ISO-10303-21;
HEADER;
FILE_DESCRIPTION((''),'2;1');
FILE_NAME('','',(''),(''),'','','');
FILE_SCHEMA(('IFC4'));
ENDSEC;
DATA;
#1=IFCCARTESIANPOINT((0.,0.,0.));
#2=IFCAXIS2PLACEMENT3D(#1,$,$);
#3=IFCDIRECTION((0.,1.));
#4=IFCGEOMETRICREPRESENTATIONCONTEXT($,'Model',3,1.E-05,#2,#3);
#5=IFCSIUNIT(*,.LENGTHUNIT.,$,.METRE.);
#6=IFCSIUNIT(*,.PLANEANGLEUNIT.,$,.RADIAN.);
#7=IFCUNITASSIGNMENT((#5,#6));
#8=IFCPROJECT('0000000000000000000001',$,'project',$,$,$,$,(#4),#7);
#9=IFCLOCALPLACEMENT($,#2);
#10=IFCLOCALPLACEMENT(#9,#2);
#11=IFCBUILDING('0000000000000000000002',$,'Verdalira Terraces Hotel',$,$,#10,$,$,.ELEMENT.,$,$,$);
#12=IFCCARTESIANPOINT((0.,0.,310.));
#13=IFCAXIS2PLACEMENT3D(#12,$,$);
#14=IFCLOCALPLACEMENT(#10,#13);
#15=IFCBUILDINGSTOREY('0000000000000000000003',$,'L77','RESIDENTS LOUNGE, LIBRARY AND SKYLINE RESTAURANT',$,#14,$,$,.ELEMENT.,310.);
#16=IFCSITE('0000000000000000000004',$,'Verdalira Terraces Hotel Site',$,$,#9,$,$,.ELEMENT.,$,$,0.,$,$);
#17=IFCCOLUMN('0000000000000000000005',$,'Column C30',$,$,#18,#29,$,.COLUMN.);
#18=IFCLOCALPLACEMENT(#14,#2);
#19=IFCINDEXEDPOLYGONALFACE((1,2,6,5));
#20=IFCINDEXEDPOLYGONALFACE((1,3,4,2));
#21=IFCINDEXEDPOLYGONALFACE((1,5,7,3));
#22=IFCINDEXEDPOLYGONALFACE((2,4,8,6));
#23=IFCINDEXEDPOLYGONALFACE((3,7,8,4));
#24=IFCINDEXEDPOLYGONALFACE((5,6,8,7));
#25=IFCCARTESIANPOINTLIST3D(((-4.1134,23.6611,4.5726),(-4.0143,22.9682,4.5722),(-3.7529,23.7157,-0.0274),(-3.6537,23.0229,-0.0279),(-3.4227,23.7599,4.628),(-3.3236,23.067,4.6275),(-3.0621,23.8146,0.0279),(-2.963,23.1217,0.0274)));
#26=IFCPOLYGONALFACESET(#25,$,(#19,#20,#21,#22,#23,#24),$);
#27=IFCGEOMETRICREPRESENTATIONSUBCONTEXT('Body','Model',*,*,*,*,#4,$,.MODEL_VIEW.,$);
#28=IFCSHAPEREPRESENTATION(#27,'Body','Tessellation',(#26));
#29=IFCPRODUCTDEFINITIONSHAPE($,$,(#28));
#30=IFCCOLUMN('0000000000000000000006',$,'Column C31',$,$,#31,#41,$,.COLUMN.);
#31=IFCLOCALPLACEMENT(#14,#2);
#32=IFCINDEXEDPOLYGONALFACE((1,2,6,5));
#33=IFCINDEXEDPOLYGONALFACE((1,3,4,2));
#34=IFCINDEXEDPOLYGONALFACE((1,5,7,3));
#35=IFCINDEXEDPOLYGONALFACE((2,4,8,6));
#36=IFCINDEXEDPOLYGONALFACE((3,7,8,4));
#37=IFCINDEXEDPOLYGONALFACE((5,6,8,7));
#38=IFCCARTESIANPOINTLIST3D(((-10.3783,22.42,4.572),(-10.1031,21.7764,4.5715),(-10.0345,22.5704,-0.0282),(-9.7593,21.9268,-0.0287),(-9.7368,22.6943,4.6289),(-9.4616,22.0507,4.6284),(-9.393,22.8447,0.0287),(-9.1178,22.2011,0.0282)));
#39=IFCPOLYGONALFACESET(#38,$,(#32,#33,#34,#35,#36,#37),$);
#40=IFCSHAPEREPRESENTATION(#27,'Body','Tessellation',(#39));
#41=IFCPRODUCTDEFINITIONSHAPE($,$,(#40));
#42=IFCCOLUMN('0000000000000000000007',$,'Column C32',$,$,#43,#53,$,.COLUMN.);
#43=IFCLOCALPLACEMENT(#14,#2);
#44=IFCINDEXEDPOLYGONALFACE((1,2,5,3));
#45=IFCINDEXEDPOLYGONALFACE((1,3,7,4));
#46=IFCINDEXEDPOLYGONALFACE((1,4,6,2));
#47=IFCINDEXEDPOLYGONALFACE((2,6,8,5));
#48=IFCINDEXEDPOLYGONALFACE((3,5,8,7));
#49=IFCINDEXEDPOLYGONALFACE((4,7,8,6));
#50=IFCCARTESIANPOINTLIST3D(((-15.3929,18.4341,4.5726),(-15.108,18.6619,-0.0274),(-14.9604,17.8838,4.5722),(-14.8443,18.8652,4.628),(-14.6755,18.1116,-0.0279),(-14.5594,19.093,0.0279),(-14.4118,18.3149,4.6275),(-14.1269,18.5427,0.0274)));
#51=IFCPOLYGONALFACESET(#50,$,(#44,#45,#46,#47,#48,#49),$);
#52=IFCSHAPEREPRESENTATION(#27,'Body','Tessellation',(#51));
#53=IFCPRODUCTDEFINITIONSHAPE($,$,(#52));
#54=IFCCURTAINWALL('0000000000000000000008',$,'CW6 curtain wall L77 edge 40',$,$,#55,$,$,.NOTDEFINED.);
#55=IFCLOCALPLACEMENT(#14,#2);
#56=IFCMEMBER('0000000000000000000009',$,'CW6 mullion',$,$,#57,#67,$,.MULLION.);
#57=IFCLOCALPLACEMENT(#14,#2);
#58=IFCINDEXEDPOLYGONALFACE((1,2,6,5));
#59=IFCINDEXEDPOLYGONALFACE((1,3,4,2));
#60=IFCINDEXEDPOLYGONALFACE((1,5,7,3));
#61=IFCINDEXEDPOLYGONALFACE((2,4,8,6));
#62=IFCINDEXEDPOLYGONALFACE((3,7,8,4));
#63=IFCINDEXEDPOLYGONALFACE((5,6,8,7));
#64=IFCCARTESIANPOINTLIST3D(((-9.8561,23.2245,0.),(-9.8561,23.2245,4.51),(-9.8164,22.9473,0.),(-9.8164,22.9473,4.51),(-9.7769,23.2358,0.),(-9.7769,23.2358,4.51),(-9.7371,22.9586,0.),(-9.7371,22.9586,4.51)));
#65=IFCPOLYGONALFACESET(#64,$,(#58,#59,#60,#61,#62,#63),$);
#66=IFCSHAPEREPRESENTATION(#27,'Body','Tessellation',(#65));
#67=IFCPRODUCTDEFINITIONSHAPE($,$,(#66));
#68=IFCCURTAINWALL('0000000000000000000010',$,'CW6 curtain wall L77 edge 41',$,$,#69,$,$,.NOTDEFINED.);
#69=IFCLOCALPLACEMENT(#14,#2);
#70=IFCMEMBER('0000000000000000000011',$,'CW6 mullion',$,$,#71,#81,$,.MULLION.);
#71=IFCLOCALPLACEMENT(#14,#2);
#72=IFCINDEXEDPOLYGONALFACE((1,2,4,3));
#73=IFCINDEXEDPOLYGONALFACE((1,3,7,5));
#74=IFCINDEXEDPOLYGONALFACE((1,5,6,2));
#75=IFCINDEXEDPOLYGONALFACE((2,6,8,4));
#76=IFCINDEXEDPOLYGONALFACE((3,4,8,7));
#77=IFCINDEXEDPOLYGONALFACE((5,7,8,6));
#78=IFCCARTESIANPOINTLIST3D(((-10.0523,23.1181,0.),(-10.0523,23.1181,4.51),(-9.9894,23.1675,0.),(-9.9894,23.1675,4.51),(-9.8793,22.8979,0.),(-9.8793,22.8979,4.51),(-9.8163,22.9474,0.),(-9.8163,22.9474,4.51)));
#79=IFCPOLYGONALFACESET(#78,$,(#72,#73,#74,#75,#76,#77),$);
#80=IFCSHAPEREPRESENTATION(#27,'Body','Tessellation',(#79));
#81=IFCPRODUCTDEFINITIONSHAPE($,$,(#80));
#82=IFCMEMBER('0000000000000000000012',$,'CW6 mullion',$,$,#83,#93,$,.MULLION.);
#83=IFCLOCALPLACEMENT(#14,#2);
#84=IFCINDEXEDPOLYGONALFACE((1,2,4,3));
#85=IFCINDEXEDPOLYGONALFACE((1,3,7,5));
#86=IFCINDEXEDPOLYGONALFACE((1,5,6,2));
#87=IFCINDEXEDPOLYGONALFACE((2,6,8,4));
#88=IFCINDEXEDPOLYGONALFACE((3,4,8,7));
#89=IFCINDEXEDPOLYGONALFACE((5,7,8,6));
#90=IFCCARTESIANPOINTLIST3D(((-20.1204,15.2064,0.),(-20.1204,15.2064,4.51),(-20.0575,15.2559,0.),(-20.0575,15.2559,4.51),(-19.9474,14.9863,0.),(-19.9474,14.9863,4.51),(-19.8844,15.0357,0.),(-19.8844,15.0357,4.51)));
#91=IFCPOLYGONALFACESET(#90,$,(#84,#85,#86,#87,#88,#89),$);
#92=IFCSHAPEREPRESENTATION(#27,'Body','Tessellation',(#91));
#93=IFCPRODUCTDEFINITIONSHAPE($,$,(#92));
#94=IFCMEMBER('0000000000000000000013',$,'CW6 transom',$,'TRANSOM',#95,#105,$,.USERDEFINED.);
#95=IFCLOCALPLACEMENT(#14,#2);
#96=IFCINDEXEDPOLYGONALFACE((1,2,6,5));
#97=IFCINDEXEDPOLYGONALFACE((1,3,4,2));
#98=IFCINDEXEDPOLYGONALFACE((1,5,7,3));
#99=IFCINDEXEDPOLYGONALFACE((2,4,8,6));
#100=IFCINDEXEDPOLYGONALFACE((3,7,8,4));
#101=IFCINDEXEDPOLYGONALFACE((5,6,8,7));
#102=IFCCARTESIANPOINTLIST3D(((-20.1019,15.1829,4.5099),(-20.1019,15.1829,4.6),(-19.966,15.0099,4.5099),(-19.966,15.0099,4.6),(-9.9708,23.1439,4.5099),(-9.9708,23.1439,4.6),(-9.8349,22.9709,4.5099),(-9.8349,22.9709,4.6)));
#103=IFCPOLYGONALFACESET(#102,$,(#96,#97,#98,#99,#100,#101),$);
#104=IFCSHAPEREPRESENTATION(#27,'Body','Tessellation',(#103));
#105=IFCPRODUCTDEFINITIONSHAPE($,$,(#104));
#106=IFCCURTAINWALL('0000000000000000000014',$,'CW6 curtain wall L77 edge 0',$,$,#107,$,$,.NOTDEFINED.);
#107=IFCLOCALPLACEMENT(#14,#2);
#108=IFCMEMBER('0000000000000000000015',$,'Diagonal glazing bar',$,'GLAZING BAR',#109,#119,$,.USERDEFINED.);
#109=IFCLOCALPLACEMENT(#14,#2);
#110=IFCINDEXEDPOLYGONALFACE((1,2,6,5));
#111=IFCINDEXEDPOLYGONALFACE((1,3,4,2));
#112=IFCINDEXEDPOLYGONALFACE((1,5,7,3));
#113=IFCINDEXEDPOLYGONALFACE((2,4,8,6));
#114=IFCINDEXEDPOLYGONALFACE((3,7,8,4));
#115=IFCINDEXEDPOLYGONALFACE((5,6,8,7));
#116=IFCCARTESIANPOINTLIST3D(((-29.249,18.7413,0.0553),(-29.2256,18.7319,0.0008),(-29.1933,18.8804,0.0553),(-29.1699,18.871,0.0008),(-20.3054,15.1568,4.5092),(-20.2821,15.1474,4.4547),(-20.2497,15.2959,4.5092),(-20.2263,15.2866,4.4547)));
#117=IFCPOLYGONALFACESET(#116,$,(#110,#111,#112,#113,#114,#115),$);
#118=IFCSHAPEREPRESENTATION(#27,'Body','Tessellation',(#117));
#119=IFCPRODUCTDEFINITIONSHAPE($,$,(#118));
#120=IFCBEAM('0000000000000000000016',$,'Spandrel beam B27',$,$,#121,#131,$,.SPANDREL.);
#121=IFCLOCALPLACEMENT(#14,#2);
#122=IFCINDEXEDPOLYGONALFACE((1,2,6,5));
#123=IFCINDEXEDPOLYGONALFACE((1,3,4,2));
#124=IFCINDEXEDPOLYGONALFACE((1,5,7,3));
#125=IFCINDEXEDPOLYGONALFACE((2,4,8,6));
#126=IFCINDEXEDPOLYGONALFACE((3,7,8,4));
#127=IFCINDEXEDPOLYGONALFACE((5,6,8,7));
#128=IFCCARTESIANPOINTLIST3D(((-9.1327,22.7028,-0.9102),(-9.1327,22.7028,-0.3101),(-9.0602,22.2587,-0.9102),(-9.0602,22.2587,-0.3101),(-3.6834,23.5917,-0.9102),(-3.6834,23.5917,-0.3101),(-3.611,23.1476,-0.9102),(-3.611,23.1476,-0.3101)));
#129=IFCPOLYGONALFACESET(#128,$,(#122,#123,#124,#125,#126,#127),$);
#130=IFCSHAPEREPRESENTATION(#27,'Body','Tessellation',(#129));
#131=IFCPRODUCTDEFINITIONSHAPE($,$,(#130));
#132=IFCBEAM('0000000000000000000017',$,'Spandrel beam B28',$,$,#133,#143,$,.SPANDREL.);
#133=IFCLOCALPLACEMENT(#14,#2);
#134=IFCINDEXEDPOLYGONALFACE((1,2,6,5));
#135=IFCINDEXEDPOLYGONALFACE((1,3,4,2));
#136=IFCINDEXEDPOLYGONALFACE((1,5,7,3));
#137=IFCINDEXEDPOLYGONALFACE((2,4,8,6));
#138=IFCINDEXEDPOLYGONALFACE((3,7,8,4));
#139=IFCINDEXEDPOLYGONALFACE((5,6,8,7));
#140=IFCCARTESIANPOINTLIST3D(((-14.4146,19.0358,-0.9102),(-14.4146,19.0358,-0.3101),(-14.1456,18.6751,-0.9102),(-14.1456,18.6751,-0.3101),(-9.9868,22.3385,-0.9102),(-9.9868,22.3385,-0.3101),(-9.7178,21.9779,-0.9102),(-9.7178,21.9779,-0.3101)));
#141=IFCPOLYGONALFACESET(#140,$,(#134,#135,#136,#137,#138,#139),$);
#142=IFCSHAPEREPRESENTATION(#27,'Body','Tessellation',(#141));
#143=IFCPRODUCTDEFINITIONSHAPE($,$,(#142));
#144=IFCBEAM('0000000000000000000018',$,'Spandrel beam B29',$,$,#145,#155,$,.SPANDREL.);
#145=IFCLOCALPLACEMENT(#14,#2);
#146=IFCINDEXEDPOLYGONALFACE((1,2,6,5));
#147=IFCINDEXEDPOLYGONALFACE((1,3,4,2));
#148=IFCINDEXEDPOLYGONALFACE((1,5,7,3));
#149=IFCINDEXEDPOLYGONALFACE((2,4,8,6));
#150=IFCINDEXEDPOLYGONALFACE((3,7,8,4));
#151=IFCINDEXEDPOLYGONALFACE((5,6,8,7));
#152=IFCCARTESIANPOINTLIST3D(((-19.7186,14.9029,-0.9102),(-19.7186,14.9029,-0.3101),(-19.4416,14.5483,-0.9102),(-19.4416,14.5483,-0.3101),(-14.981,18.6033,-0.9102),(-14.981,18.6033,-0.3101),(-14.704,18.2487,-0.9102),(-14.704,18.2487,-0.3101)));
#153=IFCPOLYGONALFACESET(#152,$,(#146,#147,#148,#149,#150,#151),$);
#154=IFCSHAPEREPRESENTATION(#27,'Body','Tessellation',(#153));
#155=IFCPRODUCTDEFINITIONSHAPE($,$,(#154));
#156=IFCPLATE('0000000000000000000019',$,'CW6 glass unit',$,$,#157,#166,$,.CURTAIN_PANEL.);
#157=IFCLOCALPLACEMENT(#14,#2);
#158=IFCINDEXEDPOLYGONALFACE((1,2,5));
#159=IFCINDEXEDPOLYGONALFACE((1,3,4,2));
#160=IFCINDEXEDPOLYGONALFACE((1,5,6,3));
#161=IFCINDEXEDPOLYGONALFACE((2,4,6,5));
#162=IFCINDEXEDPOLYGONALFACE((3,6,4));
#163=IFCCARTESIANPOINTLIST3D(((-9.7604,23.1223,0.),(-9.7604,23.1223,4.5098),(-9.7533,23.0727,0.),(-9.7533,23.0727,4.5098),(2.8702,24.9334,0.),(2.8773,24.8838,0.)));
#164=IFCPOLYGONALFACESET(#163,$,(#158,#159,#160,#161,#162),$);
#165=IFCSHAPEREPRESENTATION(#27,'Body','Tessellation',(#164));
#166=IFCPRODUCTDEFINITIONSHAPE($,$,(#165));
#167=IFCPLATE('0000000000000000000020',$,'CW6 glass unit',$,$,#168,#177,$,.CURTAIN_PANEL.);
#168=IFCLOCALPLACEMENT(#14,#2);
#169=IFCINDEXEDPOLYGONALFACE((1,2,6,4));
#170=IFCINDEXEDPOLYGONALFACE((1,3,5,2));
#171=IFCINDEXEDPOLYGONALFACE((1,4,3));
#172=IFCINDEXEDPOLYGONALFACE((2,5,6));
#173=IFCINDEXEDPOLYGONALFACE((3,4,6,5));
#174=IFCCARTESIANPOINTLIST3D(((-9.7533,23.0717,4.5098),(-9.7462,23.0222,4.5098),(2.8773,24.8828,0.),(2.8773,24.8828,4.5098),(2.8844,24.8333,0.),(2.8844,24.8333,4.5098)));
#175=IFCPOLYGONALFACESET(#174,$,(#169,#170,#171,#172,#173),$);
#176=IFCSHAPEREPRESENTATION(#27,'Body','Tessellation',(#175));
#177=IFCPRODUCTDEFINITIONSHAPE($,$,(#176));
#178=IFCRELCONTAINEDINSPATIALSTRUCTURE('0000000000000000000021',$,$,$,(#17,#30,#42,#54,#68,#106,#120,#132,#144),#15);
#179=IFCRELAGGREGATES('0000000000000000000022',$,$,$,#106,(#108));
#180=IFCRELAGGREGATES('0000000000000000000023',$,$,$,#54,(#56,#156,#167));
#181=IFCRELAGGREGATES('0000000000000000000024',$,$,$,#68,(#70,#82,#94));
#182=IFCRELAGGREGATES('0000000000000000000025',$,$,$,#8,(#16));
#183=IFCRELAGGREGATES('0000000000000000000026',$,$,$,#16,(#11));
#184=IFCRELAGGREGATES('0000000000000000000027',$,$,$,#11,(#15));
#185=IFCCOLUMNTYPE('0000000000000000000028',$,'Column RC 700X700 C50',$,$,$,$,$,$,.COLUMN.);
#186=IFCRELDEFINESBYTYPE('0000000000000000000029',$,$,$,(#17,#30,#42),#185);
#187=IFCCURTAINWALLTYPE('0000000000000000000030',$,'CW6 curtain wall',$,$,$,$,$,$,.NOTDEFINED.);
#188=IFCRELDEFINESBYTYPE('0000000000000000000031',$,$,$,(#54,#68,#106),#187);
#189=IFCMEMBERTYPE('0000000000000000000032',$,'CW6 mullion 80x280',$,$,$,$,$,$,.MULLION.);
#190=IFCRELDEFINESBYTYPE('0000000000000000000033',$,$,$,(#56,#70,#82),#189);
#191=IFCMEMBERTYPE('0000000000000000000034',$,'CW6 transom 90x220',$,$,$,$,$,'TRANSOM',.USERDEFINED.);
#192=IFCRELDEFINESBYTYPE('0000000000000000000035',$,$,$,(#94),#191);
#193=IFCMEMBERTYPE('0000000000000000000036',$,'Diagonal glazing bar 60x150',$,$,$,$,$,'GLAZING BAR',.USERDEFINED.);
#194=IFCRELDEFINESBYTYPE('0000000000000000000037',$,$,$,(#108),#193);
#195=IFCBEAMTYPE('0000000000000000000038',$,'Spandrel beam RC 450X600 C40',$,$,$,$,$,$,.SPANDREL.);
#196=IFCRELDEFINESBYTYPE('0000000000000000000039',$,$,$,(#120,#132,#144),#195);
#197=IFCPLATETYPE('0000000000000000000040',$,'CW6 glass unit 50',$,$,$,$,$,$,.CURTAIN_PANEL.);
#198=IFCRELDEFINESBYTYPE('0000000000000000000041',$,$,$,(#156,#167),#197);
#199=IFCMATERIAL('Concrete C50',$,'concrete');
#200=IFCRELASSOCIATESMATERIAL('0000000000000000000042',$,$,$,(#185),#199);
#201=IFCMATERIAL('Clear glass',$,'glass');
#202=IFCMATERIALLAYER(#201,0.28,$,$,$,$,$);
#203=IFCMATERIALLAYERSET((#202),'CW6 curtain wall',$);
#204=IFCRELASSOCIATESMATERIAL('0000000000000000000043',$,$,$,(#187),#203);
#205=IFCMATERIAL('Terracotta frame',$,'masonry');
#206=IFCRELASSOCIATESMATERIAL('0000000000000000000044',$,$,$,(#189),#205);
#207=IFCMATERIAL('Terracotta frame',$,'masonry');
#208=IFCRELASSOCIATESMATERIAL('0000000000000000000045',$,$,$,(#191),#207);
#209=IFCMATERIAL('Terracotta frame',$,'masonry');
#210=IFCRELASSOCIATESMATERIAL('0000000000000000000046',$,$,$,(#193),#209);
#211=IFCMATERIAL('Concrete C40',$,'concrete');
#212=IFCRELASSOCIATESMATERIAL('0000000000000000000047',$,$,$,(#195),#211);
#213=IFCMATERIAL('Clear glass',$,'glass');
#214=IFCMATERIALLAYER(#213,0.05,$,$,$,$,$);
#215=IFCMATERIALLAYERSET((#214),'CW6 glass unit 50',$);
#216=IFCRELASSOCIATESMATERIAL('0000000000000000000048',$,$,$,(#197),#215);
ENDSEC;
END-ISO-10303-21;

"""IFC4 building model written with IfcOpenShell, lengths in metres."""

from ifc_helpers import new_model, si_unit, direction, frame, origin, origin_2d, place, context, subcontext, project, spatial, polyline, rectangle, outline, extrude, material, layer, layer_set, material_profile, profile_set, type_object, element, aggregate, save


model = new_model("IFC4")

# Units and contexts
model_context = context("Model", 3, precision=1e-05, world=origin(), true_north=direction((0.0, 1.0)))
body_context = subcontext(model_context, "Body", "Model", "MODEL_VIEW")
ifc_project = project(units=[si_unit("LENGTHUNIT", "METRE"), si_unit("PLANEANGLEUNIT", "RADIAN")], contexts=[model_context])

# Site, building, storey
site_placement = place(None, origin())
site = spatial("IfcSite", under=ifc_project, at=site_placement, Name="Verdalira Terraces Hotel Site", CompositionType="ELEMENT", RefElevation=0.0)
building_placement = place(site_placement, origin())
building = spatial("IfcBuilding", under=site, at=building_placement, Name="Verdalira Terraces Hotel", CompositionType="ELEMENT")
storey_placement = place(building_placement, frame((0.0, 0.0, 310.0)))
storey = spatial("IfcBuildingStorey", under=building, at=storey_placement, Name="L77", Description="RESIDENTS LOUNGE, LIBRARY AND SKYLINE RESTAURANT", CompositionType="ELEMENT", Elevation=310.0)

# Columns
ifc_material_1 = material(Name="Concrete C50", Category="concrete")
ifc_material_profile_1 = material_profile(ifc_material_1, rectangle(XDim=0.7, YDim=0.7, at=origin_2d()), Name="RC 700X700")
ifc_profile_set_1 = profile_set([ifc_material_profile_1], Name="Concrete C50")
column_type = type_object("IfcColumnType", Name="Column RC 700X700 C50", PredefinedType="COLUMN", material=ifc_profile_set_1)
column_1_placement = place(storey_placement, frame((-3.3579, 23.4187, 0.0), z_axis=(-0.078143, -0.011851, 0.996872), x_axis=(-0.986827, -0.141161, -0.079034)))
element("IfcColumn", 1, at=column_1_placement, inside=storey, type_object=column_type, Name="Column C30", PredefinedType="COLUMN", context=body_context, shape_type="SweptSolid", body=[
    extrude(rectangle(XDim=0.7, YDim=0.7, at=origin_2d()), origin(), (0.0, 0.0, 1.0), 4.6145),
])
column_2_placement = place(storey_placement, frame((-9.5762, 22.3857, 0.0), z_axis=(-0.074479, -0.032585, 0.99669), x_axis=(0.916462, 0.391777, 0.081292)))
element("IfcColumn", 2, at=column_2_placement, inside=storey, type_object=column_type, Name="Column C31", PredefinedType="COLUMN", context=body_context, shape_type="SweptSolid", body=[
    extrude(rectangle(XDim=0.7, YDim=0.7, at=origin_2d()), origin(), (0.0, 0.0, 1.0), 4.6155),
])
column_3_placement = place(storey_placement, frame((-14.6174, 18.6023, 0.0), z_axis=(-0.061742, -0.049362, 0.996871), x_axis=(-0.783841, -0.61591, -0.079046)))
element("IfcColumn", 3, at=column_3_placement, inside=storey, type_object=column_type, Name="Column C32", PredefinedType="COLUMN", context=body_context, shape_type="SweptSolid", body=[
    extrude(rectangle(XDim=0.7, YDim=0.7, at=origin_2d()), origin(), (0.0, 0.0, 1.0), 4.6145),
])

# Curtain wall, member
ifc_material_2 = material(Name="Clear glass", Category="glass")
ifc_layer_1 = layer(ifc_material_2, 0.28)
ifc_layer_set_1 = layer_set([ifc_layer_1], Name="CW6 curtain wall")
curtain_wall_type = type_object("IfcCurtainWallType", Name="CW6 curtain wall", PredefinedType="NOTDEFINED", material=ifc_layer_set_1)
curtain_wall_1_placement = place(storey_placement, origin())
curtain_wall_1 = element("IfcCurtainWall", 4, at=curtain_wall_1_placement, inside=storey, type_object=curtain_wall_type, Name="CW6 curtain wall L77 edge 40", PredefinedType="NOTDEFINED")
ifc_material_3 = material(Name="Terracotta frame", Category="masonry")
ifc_material_profile_2 = material_profile(ifc_material_3, rectangle(XDim=0.0801, YDim=0.28, at=origin_2d()), Name="MU 80x280")
ifc_profile_set_2 = profile_set([ifc_material_profile_2], Name="Terracotta frame")
member_type_1 = type_object("IfcMemberType", Name="CW6 mullion 80x280", PredefinedType="MULLION", material=ifc_profile_set_2)
member_1_placement = place(storey_placement, frame((-9.7966, 23.0916, 0.0), z_axis=(0.0, 0.0, 1.0), x_axis=(-0.989876, -0.141938, 0.0)))
member_1 = element("IfcMember", 5, at=member_1_placement, type_object=member_type_1, Name="CW6 mullion", PredefinedType="MULLION", context=body_context, shape_type="SweptSolid", body=[
    extrude(rectangle(XDim=0.0801, YDim=0.28, at=origin_2d()), origin(), (0.0, 0.0, 1.0), 4.51),
])

# Curtain wall, members
curtain_wall_2_placement = place(storey_placement, origin())
curtain_wall_2 = element("IfcCurtainWall", 6, at=curtain_wall_2_placement, inside=storey, type_object=curtain_wall_type, Name="CW6 curtain wall L77 edge 41", PredefinedType="NOTDEFINED")
member_2_placement = place(storey_placement, frame((-9.9343, 23.0327, 0.0), z_axis=(0.0, 0.0, 1.0), x_axis=(-0.786288, -0.61786, 0.0)))
member_2 = element("IfcMember", 7, at=member_2_placement, type_object=member_type_1, Name="CW6 mullion", PredefinedType="MULLION", context=body_context, shape_type="SweptSolid", body=[
    extrude(rectangle(XDim=0.0801, YDim=0.28, at=origin_2d()), origin(), (0.0, 0.0, 1.0), 4.51),
])
member_3_placement = place(storey_placement, frame((-20.0024, 15.1211, 0.0), z_axis=(0.0, 0.0, 1.0), x_axis=(-0.786288, -0.61786, 0.0)))
member_3 = element("IfcMember", 8, at=member_3_placement, type_object=member_type_1, Name="CW6 mullion", PredefinedType="MULLION", context=body_context, shape_type="SweptSolid", body=[
    extrude(rectangle(XDim=0.0801, YDim=0.28, at=origin_2d()), origin(), (0.0, 0.0, 1.0), 4.51),
])
ifc_material_4 = material(Name="Terracotta frame", Category="masonry")
ifc_material_profile_3 = material_profile(ifc_material_4, rectangle(XDim=0.22, YDim=0.0901, at=origin_2d()), Name="TR 90x220")
ifc_profile_set_3 = profile_set([ifc_material_profile_3], Name="Terracotta frame")
member_type_2 = type_object("IfcMemberType", Name="CW6 transom 90x220", ElementType="TRANSOM", PredefinedType="USERDEFINED", material=ifc_profile_set_3)
member_4_placement = place(storey_placement, frame((-9.9028, 23.0574, 4.5549), z_axis=(-0.786289, -0.617859, 0.0), x_axis=(0.617859, -0.786289, 0.0)))
member_4 = element("IfcMember", 9, at=member_4_placement, type_object=member_type_2, Name="CW6 transom", ObjectType="TRANSOM", PredefinedType="USERDEFINED", context=body_context, shape_type="SweptSolid", body=[
    extrude(rectangle(XDim=0.22, YDim=0.0901, at=origin_2d()), origin(), (0.0, 0.0, 1.0), 12.8848),
])

# Curtain wall, member
curtain_wall_3_placement = place(storey_placement, origin())
curtain_wall_3 = element("IfcCurtainWall", 10, at=curtain_wall_3_placement, inside=storey, type_object=curtain_wall_type, Name="CW6 curtain wall L77 edge 0", PredefinedType="NOTDEFINED")
ifc_material_5 = material(Name="Terracotta frame", Category="masonry")
ifc_material_profile_4 = material_profile(ifc_material_5, rectangle(XDim=0.1499, YDim=0.0601, at=origin_2d()), Name="GB 60x150")
ifc_profile_set_4 = profile_set([ifc_material_profile_4], Name="Terracotta frame")
member_type_3 = type_object("IfcMemberType", Name="Diagonal glazing bar 60x150", ElementType="GLAZING BAR", PredefinedType="USERDEFINED", material=ifc_profile_set_4)
member_5_placement = place(storey_placement, frame((-20.2659, 15.2217, 4.4819), z_axis=(-0.842562, 0.337687, -0.419591), x_axis=(-0.37202, -0.928225, 0.0)))
member_5 = element("IfcMember", 11, at=member_5_placement, type_object=member_type_3, Name="Diagonal glazing bar", ObjectType="GLAZING BAR", PredefinedType="USERDEFINED", context=body_context, shape_type="SweptSolid", body=[
    extrude(rectangle(XDim=0.1499, YDim=0.0601, at=origin_2d()), origin(), (0.0, 0.0, 1.0), 10.6147),
])
aggregate(curtain_wall_3, [member_5])

# Beams
ifc_material_6 = material(Name="Concrete C40", Category="concrete")
ifc_material_profile_5 = material_profile(ifc_material_6, rectangle(XDim=0.45, YDim=0.6001, at=origin_2d()), Name="RC 450X600")
ifc_profile_set_5 = profile_set([ifc_material_profile_5], Name="Concrete C40")
beam_type = type_object("IfcBeamType", Name="Spandrel beam RC 450X600 C40", PredefinedType="SPANDREL", material=ifc_profile_set_5)
beam_1_placement = place(storey_placement, frame((-3.6472, 23.3696, -0.6101), z_axis=(-0.986955, -0.160999, 0.0), x_axis=(0.160999, -0.986955, 0.0)))
element("IfcBeam", 12, at=beam_1_placement, inside=storey, type_object=beam_type, Name="Spandrel beam B27", PredefinedType="SPANDREL", context=body_context, shape_type="SweptSolid", body=[
    extrude(rectangle(XDim=0.45, YDim=0.6001, at=origin_2d()), origin(), (0.0, 0.0, 1.0), 5.5212),
])
beam_2_placement = place(storey_placement, frame((-9.8523, 22.1582, -0.6101), z_axis=(-0.801567, -0.597905, 0.0), x_axis=(0.597905, -0.801567, 0.0)))
element("IfcBeam", 13, at=beam_2_placement, inside=storey, type_object=beam_type, Name="Spandrel beam B28", PredefinedType="SPANDREL", context=body_context, shape_type="SweptSolid", body=[
    extrude(rectangle(XDim=0.45, YDim=0.6001, at=origin_2d()), origin(), (0.0, 0.0, 1.0), 5.5239),
])
beam_3_placement = place(storey_placement, frame((-14.8425, 18.426, -0.6101), z_axis=(-0.788087, -0.615564, 0.0), x_axis=(0.615564, -0.788087, 0.0)))
element("IfcBeam", 14, at=beam_3_placement, inside=storey, type_object=beam_type, Name="Spandrel beam B29", PredefinedType="SPANDREL", context=body_context, shape_type="SweptSolid", body=[
    extrude(rectangle(XDim=0.45, YDim=0.6001, at=origin_2d()), origin(), (0.0, 0.0, 1.0), 6.0115),
])

# Plates
ifc_material_7 = material(Name="Clear glass", Category="glass")
ifc_layer_2 = layer(ifc_material_7, 0.05)
ifc_layer_set_2 = layer_set([ifc_layer_2], Name="CW6 glass unit 50")
plate_type = type_object("IfcPlateType", Name="CW6 glass unit 50", PredefinedType="CURTAIN_PANEL", material=ifc_layer_set_2)
plate_1_placement = place(storey_placement, frame((-3.438, 23.9783, 2.2549), z_axis=(-0.141938, 0.989876, 0.0), x_axis=(-0.989876, -0.141938, 0.0)))
plate_1 = element("IfcPlate", 15, at=plate_1_placement, type_object=plate_type, Name="CW6 glass unit", PredefinedType="CURTAIN_PANEL", context=body_context, shape_type="SweptSolid", body=[
    extrude(outline(polyline([(-6.3799, -2.2549), (6.3799, -2.2549), (6.3799, 2.2549), (-6.3799, -2.2549)])), origin(), (0.0, 0.0, 1.0), 0.05),
])
plate_2_placement = place(storey_placement, frame((-3.4309, 23.9277, 2.2549), z_axis=(-0.141938, 0.989876, 0.0), x_axis=(-0.989876, -0.141938, 0.0)))
plate_2 = element("IfcPlate", 16, at=plate_2_placement, type_object=plate_type, Name="CW6 glass unit", PredefinedType="CURTAIN_PANEL", context=body_context, shape_type="SweptSolid", body=[
    extrude(outline(polyline([(-6.3799, -2.2549), (6.3799, 2.2549), (-6.3799, 2.2549), (-6.3799, -2.2549)])), origin(), (0.0, 0.0, 1.0), 0.05),
])
aggregate(curtain_wall_1, [member_1, plate_1, plate_2])
aggregate(curtain_wall_2, [member_2, member_3, member_4])

save(model, "model.ifc")
